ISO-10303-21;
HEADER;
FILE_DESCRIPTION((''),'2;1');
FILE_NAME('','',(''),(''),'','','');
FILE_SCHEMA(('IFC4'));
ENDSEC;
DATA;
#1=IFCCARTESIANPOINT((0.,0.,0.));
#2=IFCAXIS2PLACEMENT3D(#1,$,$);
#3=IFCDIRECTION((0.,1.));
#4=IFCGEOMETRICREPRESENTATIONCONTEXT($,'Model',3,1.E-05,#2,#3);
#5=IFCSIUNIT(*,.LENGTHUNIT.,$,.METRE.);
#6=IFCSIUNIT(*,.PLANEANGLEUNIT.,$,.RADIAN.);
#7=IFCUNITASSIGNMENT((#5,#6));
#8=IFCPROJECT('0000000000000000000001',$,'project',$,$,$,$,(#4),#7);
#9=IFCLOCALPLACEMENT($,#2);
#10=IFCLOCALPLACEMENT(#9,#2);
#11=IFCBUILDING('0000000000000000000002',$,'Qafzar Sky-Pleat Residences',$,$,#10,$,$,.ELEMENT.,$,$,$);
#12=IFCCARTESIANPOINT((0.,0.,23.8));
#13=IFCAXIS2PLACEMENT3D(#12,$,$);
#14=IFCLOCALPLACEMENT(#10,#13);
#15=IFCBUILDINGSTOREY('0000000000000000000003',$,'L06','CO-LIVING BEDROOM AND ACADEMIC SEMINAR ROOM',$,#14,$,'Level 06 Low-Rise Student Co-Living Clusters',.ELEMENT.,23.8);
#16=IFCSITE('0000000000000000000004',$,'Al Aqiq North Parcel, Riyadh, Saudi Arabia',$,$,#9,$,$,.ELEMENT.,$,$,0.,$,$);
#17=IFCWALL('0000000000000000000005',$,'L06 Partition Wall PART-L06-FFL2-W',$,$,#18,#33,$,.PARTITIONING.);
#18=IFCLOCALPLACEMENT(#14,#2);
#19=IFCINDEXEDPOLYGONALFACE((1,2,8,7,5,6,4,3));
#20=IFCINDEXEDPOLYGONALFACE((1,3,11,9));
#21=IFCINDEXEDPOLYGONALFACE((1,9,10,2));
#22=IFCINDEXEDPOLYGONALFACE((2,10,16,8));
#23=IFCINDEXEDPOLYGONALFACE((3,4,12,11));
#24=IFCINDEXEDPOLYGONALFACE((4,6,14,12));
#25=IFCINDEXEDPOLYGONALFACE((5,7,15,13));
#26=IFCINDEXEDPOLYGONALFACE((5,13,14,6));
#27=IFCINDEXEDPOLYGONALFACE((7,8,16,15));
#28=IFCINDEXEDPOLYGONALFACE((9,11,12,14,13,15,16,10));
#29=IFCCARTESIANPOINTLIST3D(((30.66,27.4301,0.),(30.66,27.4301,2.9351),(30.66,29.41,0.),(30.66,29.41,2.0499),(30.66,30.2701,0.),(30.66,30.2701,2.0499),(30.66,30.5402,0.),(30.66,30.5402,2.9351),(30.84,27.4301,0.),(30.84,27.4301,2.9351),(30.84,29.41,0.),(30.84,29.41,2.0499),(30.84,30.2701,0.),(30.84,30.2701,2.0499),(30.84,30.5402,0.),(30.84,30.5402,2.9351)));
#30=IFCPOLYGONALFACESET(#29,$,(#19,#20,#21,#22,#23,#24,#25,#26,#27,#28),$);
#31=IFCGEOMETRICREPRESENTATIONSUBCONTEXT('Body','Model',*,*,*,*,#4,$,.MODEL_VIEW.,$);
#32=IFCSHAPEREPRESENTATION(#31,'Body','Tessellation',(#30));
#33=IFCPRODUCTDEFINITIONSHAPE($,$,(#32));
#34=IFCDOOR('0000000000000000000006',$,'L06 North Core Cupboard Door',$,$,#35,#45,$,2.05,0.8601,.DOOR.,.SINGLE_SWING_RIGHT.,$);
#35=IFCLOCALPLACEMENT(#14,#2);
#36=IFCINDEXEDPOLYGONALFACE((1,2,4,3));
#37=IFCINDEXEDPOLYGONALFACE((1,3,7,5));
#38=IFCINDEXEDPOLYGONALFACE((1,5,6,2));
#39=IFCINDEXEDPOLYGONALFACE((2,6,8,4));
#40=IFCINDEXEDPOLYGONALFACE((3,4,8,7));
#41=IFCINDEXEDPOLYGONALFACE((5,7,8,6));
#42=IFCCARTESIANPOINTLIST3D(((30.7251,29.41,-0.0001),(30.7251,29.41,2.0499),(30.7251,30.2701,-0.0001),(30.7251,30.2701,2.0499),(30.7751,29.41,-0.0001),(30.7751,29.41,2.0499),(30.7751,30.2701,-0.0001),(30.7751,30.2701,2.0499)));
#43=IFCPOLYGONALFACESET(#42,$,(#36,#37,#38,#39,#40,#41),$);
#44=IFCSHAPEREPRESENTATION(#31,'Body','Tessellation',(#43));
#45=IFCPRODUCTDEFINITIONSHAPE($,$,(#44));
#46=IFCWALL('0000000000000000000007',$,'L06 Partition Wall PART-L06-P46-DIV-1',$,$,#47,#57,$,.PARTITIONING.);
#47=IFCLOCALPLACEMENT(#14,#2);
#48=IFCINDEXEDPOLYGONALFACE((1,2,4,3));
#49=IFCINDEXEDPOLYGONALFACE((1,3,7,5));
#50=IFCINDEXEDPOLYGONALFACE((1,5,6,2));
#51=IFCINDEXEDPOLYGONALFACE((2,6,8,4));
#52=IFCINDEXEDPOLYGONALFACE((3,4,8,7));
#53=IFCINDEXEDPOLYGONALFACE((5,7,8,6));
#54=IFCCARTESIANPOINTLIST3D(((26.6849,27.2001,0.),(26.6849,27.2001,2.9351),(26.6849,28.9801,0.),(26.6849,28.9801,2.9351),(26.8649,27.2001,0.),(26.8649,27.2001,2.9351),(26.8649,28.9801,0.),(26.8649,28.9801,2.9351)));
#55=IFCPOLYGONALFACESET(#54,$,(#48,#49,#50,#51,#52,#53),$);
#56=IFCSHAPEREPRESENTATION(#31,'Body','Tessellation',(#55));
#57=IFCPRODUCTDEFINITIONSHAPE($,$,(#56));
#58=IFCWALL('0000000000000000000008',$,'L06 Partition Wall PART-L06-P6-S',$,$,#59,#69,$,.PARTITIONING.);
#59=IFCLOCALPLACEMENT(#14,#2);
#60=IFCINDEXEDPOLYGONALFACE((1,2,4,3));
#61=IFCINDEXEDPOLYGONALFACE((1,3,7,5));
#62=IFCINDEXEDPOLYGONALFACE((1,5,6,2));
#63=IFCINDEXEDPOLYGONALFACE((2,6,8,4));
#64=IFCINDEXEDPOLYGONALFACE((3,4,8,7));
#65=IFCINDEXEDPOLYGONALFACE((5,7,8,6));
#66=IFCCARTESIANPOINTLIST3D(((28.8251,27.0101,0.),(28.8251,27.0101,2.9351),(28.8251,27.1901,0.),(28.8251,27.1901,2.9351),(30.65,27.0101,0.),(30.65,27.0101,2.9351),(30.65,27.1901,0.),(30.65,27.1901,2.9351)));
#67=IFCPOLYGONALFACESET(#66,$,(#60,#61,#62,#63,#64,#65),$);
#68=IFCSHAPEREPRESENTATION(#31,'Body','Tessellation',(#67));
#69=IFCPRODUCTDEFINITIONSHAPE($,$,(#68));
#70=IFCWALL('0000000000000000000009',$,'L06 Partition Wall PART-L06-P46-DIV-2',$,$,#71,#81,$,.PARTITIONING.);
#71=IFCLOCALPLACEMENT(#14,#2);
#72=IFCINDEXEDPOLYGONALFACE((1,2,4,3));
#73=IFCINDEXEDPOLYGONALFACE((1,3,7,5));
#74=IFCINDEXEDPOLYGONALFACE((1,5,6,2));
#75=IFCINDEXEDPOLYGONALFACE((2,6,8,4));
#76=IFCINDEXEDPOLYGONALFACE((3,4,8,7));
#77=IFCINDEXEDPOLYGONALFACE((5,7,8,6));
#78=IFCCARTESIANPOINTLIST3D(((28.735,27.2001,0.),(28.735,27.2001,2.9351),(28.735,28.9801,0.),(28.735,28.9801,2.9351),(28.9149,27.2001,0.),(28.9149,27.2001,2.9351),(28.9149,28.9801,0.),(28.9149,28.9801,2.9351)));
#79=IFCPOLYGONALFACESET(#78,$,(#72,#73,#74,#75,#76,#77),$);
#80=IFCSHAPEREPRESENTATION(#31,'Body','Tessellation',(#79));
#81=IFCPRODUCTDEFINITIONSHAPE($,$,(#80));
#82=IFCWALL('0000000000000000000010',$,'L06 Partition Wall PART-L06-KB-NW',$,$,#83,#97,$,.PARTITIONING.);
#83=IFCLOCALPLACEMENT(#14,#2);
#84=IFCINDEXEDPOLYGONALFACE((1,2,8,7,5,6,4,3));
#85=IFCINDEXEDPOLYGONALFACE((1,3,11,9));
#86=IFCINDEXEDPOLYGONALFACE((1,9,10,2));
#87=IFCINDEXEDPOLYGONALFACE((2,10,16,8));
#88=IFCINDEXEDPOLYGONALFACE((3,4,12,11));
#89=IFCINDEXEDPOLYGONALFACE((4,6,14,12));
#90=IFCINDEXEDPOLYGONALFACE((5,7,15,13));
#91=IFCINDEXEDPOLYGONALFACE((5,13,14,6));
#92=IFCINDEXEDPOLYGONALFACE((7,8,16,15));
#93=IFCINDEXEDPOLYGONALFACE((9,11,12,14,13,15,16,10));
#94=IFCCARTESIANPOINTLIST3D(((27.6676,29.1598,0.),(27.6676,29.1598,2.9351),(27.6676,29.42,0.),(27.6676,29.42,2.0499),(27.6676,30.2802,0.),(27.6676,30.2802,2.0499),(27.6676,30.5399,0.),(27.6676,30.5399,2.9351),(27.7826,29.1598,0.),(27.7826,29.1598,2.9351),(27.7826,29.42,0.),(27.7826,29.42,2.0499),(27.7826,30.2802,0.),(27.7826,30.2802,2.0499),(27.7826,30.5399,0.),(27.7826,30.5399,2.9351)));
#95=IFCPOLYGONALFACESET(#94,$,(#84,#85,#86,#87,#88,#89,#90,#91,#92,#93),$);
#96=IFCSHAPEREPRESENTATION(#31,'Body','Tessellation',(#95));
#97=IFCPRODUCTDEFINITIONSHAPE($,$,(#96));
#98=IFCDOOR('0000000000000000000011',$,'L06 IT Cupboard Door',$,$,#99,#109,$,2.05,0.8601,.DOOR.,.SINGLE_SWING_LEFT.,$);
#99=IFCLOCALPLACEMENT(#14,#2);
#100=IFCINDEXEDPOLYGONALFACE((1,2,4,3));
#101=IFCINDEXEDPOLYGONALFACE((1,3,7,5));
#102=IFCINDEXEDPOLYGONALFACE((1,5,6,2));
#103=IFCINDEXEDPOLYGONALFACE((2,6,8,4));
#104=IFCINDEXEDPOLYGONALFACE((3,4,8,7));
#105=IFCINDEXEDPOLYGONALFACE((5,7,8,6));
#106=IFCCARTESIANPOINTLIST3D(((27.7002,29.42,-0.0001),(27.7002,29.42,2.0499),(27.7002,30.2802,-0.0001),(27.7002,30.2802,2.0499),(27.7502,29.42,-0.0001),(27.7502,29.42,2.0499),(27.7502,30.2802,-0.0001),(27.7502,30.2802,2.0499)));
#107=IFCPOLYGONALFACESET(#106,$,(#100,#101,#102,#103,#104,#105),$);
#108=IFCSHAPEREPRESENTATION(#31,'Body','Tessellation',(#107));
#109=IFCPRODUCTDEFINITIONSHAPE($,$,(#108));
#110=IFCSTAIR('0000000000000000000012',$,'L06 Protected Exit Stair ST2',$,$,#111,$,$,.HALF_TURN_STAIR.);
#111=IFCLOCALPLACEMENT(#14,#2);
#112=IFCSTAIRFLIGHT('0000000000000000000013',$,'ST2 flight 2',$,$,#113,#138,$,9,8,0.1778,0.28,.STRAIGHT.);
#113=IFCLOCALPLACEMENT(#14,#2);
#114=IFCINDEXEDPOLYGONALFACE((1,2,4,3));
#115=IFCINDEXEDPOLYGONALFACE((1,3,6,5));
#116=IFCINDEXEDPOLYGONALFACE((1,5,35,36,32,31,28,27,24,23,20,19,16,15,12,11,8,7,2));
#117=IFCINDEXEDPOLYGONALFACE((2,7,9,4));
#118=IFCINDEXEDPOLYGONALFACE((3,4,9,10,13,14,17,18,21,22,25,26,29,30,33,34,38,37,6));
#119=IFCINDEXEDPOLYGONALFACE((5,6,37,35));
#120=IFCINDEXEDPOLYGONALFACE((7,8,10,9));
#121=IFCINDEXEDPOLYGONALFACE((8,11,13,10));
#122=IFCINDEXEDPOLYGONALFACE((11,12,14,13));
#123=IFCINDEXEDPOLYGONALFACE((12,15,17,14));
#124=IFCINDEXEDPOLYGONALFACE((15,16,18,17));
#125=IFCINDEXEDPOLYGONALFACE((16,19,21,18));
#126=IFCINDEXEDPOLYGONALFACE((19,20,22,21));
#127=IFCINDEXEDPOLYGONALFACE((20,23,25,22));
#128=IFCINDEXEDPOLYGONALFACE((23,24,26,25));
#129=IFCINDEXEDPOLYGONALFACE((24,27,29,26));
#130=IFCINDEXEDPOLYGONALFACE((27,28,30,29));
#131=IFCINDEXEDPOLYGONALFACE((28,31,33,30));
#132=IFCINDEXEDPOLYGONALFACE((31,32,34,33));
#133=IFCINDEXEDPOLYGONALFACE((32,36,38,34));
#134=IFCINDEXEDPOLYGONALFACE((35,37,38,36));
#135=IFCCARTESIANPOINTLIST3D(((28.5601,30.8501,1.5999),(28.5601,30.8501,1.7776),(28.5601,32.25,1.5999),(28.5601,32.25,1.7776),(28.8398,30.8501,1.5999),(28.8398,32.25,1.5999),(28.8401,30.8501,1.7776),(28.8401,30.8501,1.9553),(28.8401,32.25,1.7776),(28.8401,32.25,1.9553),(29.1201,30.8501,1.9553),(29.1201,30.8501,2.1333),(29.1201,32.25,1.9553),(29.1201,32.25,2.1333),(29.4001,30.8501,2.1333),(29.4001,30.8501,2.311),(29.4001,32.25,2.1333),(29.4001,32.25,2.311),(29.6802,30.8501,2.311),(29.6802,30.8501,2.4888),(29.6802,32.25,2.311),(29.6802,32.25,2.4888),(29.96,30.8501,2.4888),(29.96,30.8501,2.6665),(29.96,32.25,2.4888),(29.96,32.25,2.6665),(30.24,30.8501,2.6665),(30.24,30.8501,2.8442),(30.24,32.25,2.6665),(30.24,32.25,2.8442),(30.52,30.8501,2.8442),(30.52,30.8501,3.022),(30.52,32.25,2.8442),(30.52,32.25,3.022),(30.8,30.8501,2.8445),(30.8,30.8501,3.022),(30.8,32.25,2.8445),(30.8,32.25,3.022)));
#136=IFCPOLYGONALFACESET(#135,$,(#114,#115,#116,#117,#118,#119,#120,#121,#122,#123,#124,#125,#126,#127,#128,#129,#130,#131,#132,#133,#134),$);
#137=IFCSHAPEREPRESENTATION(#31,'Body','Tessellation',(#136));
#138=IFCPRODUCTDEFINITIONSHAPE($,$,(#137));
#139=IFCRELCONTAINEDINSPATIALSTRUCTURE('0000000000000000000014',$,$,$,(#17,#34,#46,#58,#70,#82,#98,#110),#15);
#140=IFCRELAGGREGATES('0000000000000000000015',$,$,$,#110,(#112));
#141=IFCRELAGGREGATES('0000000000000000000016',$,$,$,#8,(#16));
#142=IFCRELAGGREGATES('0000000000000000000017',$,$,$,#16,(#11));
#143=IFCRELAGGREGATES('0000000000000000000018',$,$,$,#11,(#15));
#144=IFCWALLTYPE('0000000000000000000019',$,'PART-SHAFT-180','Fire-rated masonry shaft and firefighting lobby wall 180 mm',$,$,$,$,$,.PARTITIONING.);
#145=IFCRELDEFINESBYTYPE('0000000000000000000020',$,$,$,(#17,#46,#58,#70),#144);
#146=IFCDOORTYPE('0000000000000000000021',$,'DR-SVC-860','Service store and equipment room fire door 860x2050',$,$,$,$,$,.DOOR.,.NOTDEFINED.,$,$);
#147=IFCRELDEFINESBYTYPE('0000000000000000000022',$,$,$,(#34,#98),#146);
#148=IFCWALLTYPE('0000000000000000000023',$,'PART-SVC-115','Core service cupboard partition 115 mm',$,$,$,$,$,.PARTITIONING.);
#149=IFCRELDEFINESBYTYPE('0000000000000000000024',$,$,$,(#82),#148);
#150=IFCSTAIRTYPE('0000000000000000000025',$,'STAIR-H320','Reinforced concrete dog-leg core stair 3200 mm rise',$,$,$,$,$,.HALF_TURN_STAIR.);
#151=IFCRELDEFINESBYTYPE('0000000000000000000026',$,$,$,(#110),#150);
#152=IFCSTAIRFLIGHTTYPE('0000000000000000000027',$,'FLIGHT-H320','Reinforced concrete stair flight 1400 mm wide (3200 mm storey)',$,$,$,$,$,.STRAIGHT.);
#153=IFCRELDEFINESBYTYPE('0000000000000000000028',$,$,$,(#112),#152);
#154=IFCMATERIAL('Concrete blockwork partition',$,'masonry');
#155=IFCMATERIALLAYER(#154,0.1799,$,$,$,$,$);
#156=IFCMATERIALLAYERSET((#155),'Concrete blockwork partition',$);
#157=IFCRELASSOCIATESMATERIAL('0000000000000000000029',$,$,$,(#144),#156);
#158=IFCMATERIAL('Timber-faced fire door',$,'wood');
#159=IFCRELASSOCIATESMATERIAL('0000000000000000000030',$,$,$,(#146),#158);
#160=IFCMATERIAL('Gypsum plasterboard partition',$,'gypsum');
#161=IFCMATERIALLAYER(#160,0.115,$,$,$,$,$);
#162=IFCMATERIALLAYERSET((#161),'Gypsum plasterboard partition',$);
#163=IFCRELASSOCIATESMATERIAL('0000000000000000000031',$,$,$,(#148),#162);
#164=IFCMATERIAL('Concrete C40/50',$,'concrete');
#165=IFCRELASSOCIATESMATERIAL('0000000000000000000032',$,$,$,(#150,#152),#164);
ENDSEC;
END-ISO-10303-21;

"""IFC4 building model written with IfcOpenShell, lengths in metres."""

from ifc_helpers import new_model, si_unit, direction, frame, frame_2d, origin, place, context, subcontext, project, spatial, polyline, rectangle, outline, extrude, source, transform, mapped, material, layer, layer_set, type_object, element, fill, aggregate, save


model = new_model("IFC4")

# Units and contexts
model_context = context("Model", 3, precision=1e-05, world=origin(), true_north=direction((0.0, 1.0)))
body_context = subcontext(model_context, "Body", "Model", "MODEL_VIEW")
ifc_project = project(units=[si_unit("LENGTHUNIT", "METRE"), si_unit("PLANEANGLEUNIT", "RADIAN")], contexts=[model_context])

# Site, building, storey
site_placement = place(None, origin())
site = spatial("IfcSite", under=ifc_project, at=site_placement, Name="Al Aqiq North Parcel, Riyadh, Saudi Arabia", CompositionType="ELEMENT", RefElevation=0.0)
building_placement = place(site_placement, origin())
building = spatial("IfcBuilding", under=site, at=building_placement, Name="Qafzar Sky-Pleat Residences", CompositionType="ELEMENT")
storey_placement = place(building_placement, frame((0.0, 0.0, 23.8)))
storey = spatial("IfcBuildingStorey", under=building, at=storey_placement, Name="L06", Description="CO-LIVING BEDROOM AND ACADEMIC SEMINAR ROOM", LongName="Level 06 Low-Rise Student Co-Living Clusters", CompositionType="ELEMENT", Elevation=23.8)

# Wall, opening, door
ifc_material_1 = material(Name="Concrete blockwork partition", Category="masonry")
ifc_layer_1 = layer(ifc_material_1, 0.1799)
ifc_layer_set_1 = layer_set([ifc_layer_1], Name="Concrete blockwork partition")
wall_type_1 = type_object("IfcWallType", Name="PART-SHAFT-180", Description="Fire-rated masonry shaft and firefighting lobby wall 180 mm", PredefinedType="PARTITIONING", material=ifc_layer_set_1)
ifc_material_2 = material(Name="Timber-faced fire door", Category="wood")
wall_1_placement = place(storey_placement, frame((30.75, 27.4299, 0.0), z_axis=(0.0, 0.0, 1.0), x_axis=(0.0, 1.0, 0.0)))
wall_1 = element("IfcWall", 1, at=wall_1_placement, inside=storey, type_object=wall_type_1, Name="L06 Partition Wall PART-L06-FFL2-W", PredefinedType="PARTITIONING", context=body_context, shape_type="SweptSolid", body=[
    extrude(rectangle(XDim=3.1101, YDim=0.1799, at=frame_2d((1.5552, 0.0))), origin(), (0.0, 0.0, 1.0), 2.9351),
])
opening_1_placement = place(wall_1_placement, frame((1.98, 0.0, 0.0)))
opening_1 = element("IfcOpeningElement", 2, at=opening_1_placement, cuts=wall_1, PredefinedType="OPENING", context=body_context, shape_type="SweptSolid", body=[
    extrude(rectangle(XDim=0.8601, YDim=2.05, at=frame_2d((0.4302, 1.0249))), frame((0.0, 0.1001, 0.0), z_axis=(0.0, -1.0, 0.0), x_axis=(1.0, 0.0, 0.0)), (0.0, 0.0, 1.0), 0.2),
])
door_type_1 = type_object("IfcDoorType", Name="DR-SVC-860", Description="Service store and equipment room fire door 860x2050", OperationType="NOTDEFINED", PredefinedType="DOOR", material=ifc_material_2)
shared_shape_1 = source(origin(), body_context, "Body", "SweptSolid", [
    extrude(rectangle(XDim=0.8601, YDim=2.05, at=frame_2d((0.4302, 1.0249))), frame((0.0, 0.0249, 0.0), z_axis=(0.0, -1.0, 0.0), x_axis=(1.0, 0.0, 0.0)), (0.0, 0.0, 1.0), 0.05),
])
door_1_placement = place(opening_1_placement, origin())
door_1 = element("IfcDoor", 3, at=door_1_placement, inside=storey, type_object=door_type_1, Name="L06 North Core Cupboard Door", OperationType="SINGLE_SWING_RIGHT", OverallHeight=2.05, OverallWidth=0.8601, PredefinedType="DOOR", context=body_context, shape_type="MappedRepresentation", body=[
    mapped(shared_shape_1, transform((0.0, 0.0, 0.0), x_axis=(1.0, 0.0, 0.0), y_axis=(0.0, 1.0, 0.0), z_axis=(0.0, 0.0, 1.0), scale=1.0)),
])
fill(opening_1, door_1)

# Walls
wall_2_placement = place(storey_placement, frame((26.7749, 27.2, 0.0), z_axis=(0.0, 0.0, 1.0), x_axis=(0.0, 1.0, 0.0)))
element("IfcWall", 4, at=wall_2_placement, inside=storey, type_object=wall_type_1, Name="L06 Partition Wall PART-L06-P46-DIV-1", PredefinedType="PARTITIONING", context=body_context, shape_type="SweptSolid", body=[
    extrude(rectangle(XDim=1.78, YDim=0.1799, at=frame_2d((0.8901, 0.0))), origin(), (0.0, 0.0, 1.0), 2.9351),
])
wall_3_placement = place(storey_placement, frame((28.825, 27.1001, 0.0), z_axis=(0.0, 0.0, 1.0), x_axis=(1.0, 0.0, 0.0)))
element("IfcWall", 5, at=wall_3_placement, inside=storey, type_object=wall_type_1, Name="L06 Partition Wall PART-L06-P6-S", PredefinedType="PARTITIONING", context=body_context, shape_type="SweptSolid", body=[
    extrude(rectangle(XDim=1.825, YDim=0.1799, at=frame_2d((0.9126, 0.0))), origin(), (0.0, 0.0, 1.0), 2.9351),
])
wall_4_placement = place(storey_placement, frame((28.825, 27.2, 0.0), z_axis=(0.0, 0.0, 1.0), x_axis=(0.0, 1.0, 0.0)))
element("IfcWall", 6, at=wall_4_placement, inside=storey, type_object=wall_type_1, Name="L06 Partition Wall PART-L06-P46-DIV-2", PredefinedType="PARTITIONING", context=body_context, shape_type="SweptSolid", body=[
    extrude(rectangle(XDim=1.78, YDim=0.1799, at=frame_2d((0.8901, 0.0))), origin(), (0.0, 0.0, 1.0), 2.9351),
])

# Wall, opening, door
ifc_material_3 = material(Name="Gypsum plasterboard partition", Category="gypsum")
ifc_layer_2 = layer(ifc_material_3, 0.115)
ifc_layer_set_2 = layer_set([ifc_layer_2], Name="Gypsum plasterboard partition")
wall_type_2 = type_object("IfcWallType", Name="PART-SVC-115", Description="Core service cupboard partition 115 mm", PredefinedType="PARTITIONING", material=ifc_layer_set_2)
wall_5_placement = place(storey_placement, frame((27.7251, 29.1599, 0.0), z_axis=(0.0, 0.0, 1.0), x_axis=(0.0, 1.0, 0.0)))
wall_5 = element("IfcWall", 7, at=wall_5_placement, inside=storey, type_object=wall_type_2, Name="L06 Partition Wall PART-L06-KB-NW", PredefinedType="PARTITIONING", context=body_context, shape_type="SweptSolid", body=[
    extrude(rectangle(XDim=1.3801, YDim=0.115, at=frame_2d((0.6899, 0.0))), origin(), (0.0, 0.0, 1.0), 2.9351),
])
opening_2_placement = place(wall_5_placement, frame((0.26, 0.0, 0.0)))
opening_2 = element("IfcOpeningElement", 8, at=opening_2_placement, cuts=wall_5, PredefinedType="OPENING", context=body_context, shape_type="SweptSolid", body=[
    extrude(rectangle(XDim=0.8601, YDim=2.05, at=frame_2d((0.4302, 1.0249))), frame((0.0, 0.0674, 0.0), z_axis=(0.0, -1.0, 0.0), x_axis=(1.0, 0.0, 0.0)), (0.0, 0.0, 1.0), 0.135),
])
door_2_placement = place(opening_2_placement, origin())
door_2 = element("IfcDoor", 9, at=door_2_placement, inside=storey, type_object=door_type_1, Name="L06 IT Cupboard Door", OperationType="SINGLE_SWING_LEFT", OverallHeight=2.05, OverallWidth=0.8601, PredefinedType="DOOR", context=body_context, shape_type="MappedRepresentation", body=[
    mapped(shared_shape_1, transform((0.0, 0.0, 0.0), x_axis=(1.0, 0.0, 0.0), y_axis=(0.0, 1.0, 0.0), z_axis=(0.0, 0.0, 1.0), scale=1.0)),
])
fill(opening_2, door_2)

# Stair, stair flight
ifc_material_4 = material(Name="Concrete C40/50", Category="concrete")
stair_type = type_object("IfcStairType", Name="STAIR-H320", Description="Reinforced concrete dog-leg core stair 3200 mm rise", PredefinedType="HALF_TURN_STAIR", material=ifc_material_4)
stair_placement = place(storey_placement, origin())
stair = element("IfcStair", 10, at=stair_placement, inside=storey, type_object=stair_type, Name="L06 Protected Exit Stair ST2", PredefinedType="HALF_TURN_STAIR")
stair_flight_type = type_object("IfcStairFlightType", Name="FLIGHT-H320", Description="Reinforced concrete stair flight 1400 mm wide (3200 mm storey)", PredefinedType="STRAIGHT", material=ifc_material_4)
shared_shape_2 = source(origin(), body_context, "Body", "SweptSolid", [
    extrude(outline(polyline([(0.0, 0.0), (0.0, 0.1777), (0.28, 0.1777), (0.28, 0.3555), (0.5601, 0.3555), (0.5601, 0.5334), (0.8401, 0.5334), (0.8401, 0.7112), (1.1201, 0.7112), (1.1201, 0.8889), (1.3999, 0.8889), (1.3999, 1.0667), (1.6799, 1.0667), (1.6799, 1.2444), (1.96, 1.2444), (1.96, 1.4221), (2.24, 1.4221), (2.24, 1.6001), (2.24, 1.2446), (0.2798, 0.0), (0.0, 0.0)])), frame((0.0, 0.7, 0.0), z_axis=(0.0, -1.0, 0.0), x_axis=(1.0, 0.0, 0.0)), (0.0, 0.0, 1.0), 1.3999),
])
stair_flight_placement = place(storey_placement, frame((28.5601, 31.55, 1.5999), z_axis=(0.0, 0.0, 1.0), x_axis=(1.0, 0.0, 0.0)))
stair_flight = element("IfcStairFlight", 11, at=stair_flight_placement, type_object=stair_flight_type, Name="ST2 flight 2", NumberOfRisers=9, NumberOfTreads=8, PredefinedType="STRAIGHT", RiserHeight=0.1778, TreadLength=0.28, context=body_context, shape_type="MappedRepresentation", body=[
    mapped(shared_shape_2, transform((0.0, 0.0, 0.0), x_axis=(1.0, 0.0, 0.0), y_axis=(0.0, 1.0, 0.0), z_axis=(0.0, 0.0, 1.0), scale=1.0)),
])
aggregate(stair, [stair_flight])

save(model, "model.ifc")
